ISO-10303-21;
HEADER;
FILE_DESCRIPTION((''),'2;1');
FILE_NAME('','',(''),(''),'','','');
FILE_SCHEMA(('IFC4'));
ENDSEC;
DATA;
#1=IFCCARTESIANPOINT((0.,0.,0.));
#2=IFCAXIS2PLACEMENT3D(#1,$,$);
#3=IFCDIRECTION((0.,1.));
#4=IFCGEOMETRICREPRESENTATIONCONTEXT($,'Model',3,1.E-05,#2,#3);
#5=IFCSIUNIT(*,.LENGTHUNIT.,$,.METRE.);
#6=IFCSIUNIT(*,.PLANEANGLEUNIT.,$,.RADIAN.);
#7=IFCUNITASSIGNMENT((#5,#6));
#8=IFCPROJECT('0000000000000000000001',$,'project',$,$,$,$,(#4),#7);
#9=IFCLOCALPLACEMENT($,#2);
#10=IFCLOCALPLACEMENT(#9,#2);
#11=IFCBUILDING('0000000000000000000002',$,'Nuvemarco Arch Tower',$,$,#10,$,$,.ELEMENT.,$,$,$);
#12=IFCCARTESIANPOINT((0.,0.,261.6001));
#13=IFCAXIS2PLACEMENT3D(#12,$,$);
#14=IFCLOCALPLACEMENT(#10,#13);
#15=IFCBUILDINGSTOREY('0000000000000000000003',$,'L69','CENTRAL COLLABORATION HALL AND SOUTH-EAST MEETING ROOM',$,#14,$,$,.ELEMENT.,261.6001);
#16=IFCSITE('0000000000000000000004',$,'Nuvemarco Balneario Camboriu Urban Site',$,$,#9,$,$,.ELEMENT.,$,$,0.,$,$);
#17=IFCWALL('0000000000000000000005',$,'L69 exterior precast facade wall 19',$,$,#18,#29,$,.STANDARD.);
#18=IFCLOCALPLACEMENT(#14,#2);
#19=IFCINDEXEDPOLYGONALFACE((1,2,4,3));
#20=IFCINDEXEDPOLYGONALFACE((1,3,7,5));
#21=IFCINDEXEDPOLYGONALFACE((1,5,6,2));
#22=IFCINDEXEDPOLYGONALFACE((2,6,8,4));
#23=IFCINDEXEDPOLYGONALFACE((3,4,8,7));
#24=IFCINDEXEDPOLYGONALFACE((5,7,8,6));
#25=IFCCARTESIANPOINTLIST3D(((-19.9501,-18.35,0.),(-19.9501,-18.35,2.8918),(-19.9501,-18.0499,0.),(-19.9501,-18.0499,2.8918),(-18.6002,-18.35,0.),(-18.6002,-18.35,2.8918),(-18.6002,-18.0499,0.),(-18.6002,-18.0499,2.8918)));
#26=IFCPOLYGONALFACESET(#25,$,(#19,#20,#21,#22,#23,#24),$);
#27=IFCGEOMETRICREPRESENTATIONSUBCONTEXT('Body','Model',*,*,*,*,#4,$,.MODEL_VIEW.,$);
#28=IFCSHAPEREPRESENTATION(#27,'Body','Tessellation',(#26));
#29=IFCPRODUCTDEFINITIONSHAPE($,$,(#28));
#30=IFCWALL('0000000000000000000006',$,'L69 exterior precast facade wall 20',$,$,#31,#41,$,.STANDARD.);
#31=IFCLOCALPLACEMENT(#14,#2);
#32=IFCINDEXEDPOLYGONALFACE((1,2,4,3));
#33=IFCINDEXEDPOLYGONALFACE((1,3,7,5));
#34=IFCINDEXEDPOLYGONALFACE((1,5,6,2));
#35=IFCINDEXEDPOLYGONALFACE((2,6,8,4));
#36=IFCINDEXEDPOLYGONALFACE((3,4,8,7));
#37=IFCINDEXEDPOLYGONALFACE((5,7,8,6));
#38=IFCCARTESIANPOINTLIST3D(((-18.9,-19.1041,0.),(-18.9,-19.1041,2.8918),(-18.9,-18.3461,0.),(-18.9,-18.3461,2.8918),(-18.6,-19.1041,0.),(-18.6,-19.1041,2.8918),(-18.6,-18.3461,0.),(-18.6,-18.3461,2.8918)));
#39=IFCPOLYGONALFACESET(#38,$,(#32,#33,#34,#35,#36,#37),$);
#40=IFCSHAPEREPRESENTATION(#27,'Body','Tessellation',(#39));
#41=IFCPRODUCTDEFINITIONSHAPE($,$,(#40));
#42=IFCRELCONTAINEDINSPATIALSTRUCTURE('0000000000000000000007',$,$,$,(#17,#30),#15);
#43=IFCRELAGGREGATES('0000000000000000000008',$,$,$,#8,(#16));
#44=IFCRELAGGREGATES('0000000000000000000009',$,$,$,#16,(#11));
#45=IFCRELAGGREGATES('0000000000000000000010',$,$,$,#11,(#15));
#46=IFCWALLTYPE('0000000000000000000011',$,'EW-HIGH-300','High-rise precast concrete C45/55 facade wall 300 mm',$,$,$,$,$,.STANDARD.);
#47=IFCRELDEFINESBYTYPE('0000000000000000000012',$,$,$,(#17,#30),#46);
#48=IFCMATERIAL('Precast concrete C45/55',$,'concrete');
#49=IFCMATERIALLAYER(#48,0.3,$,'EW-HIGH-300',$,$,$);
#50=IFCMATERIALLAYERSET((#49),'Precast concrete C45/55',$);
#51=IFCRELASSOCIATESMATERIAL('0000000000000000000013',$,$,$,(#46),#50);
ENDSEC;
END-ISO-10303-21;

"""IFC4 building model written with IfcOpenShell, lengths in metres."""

from ifc_helpers import new_model, si_unit, direction, frame, frame_2d, origin, place, context, subcontext, project, spatial, rectangle, extrude, material, layer, layer_set, type_object, element, save


model = new_model("IFC4")

# Units and contexts
model_context = context("Model", 3, precision=1e-05, world=origin(), true_north=direction((0.0, 1.0)))
body_context = subcontext(model_context, "Body", "Model", "MODEL_VIEW")
ifc_project = project(units=[si_unit("LENGTHUNIT", "METRE"), si_unit("PLANEANGLEUNIT", "RADIAN")], contexts=[model_context])

# Site, building, storey
site_placement = place(None, origin())
site = spatial("IfcSite", under=ifc_project, at=site_placement, Name="Nuvemarco Balneario Camboriu Urban Site", CompositionType="ELEMENT", RefElevation=0.0)
building_placement = place(site_placement, origin())
building = spatial("IfcBuilding", under=site, at=building_placement, Name="Nuvemarco Arch Tower", CompositionType="ELEMENT")
storey_placement = place(building_placement, frame((0.0, 0.0, 261.6001)))
storey = spatial("IfcBuildingStorey", under=building, at=storey_placement, Name="L69", Description="CENTRAL COLLABORATION HALL AND SOUTH-EAST MEETING ROOM", CompositionType="ELEMENT", Elevation=261.6001)

# Shared definitions
ifc_material_1 = material(Name="Precast concrete C45/55", Category="concrete")

# Shared definitions
ifc_layer = layer(ifc_material_1, 0.3, Name="EW-HIGH-300")
ifc_layer_set = layer_set([ifc_layer], Name="Precast concrete C45/55")
wall_type = type_object("IfcWallType", Name="EW-HIGH-300", Description="High-rise precast concrete C45/55 facade wall 300 mm", PredefinedType="STANDARD", material=ifc_layer_set)

# Walls
wall_1_placement = place(storey_placement, frame((-19.95, -18.2, 0.0), z_axis=(0.0, 0.0, 1.0), x_axis=(1.0, 0.0, 0.0)))
element("IfcWall", 1, at=wall_1_placement, inside=storey, type_object=wall_type, Name="L69 exterior precast facade wall 19", PredefinedType="STANDARD", context=body_context, shape_type="SweptSolid", body=[
    extrude(rectangle(XDim=1.3499, YDim=0.3, at=frame_2d((0.6748, 0.0))), origin(), (0.0, 0.0, 1.0), 2.8918),
])
wall_2_placement = place(storey_placement, frame((-18.75, -19.104, 0.0), z_axis=(0.0, 0.0, 1.0), x_axis=(0.0, 1.0, 0.0)))
element("IfcWall", 2, at=wall_2_placement, inside=storey, type_object=wall_type, Name="L69 exterior precast facade wall 20", PredefinedType="STANDARD", context=body_context, shape_type="SweptSolid", body=[
    extrude(rectangle(XDim=0.7581, YDim=0.3, at=frame_2d((0.3789, 0.0))), origin(), (0.0, 0.0, 1.0), 2.8918),
])

save(model, "model.ifc")
